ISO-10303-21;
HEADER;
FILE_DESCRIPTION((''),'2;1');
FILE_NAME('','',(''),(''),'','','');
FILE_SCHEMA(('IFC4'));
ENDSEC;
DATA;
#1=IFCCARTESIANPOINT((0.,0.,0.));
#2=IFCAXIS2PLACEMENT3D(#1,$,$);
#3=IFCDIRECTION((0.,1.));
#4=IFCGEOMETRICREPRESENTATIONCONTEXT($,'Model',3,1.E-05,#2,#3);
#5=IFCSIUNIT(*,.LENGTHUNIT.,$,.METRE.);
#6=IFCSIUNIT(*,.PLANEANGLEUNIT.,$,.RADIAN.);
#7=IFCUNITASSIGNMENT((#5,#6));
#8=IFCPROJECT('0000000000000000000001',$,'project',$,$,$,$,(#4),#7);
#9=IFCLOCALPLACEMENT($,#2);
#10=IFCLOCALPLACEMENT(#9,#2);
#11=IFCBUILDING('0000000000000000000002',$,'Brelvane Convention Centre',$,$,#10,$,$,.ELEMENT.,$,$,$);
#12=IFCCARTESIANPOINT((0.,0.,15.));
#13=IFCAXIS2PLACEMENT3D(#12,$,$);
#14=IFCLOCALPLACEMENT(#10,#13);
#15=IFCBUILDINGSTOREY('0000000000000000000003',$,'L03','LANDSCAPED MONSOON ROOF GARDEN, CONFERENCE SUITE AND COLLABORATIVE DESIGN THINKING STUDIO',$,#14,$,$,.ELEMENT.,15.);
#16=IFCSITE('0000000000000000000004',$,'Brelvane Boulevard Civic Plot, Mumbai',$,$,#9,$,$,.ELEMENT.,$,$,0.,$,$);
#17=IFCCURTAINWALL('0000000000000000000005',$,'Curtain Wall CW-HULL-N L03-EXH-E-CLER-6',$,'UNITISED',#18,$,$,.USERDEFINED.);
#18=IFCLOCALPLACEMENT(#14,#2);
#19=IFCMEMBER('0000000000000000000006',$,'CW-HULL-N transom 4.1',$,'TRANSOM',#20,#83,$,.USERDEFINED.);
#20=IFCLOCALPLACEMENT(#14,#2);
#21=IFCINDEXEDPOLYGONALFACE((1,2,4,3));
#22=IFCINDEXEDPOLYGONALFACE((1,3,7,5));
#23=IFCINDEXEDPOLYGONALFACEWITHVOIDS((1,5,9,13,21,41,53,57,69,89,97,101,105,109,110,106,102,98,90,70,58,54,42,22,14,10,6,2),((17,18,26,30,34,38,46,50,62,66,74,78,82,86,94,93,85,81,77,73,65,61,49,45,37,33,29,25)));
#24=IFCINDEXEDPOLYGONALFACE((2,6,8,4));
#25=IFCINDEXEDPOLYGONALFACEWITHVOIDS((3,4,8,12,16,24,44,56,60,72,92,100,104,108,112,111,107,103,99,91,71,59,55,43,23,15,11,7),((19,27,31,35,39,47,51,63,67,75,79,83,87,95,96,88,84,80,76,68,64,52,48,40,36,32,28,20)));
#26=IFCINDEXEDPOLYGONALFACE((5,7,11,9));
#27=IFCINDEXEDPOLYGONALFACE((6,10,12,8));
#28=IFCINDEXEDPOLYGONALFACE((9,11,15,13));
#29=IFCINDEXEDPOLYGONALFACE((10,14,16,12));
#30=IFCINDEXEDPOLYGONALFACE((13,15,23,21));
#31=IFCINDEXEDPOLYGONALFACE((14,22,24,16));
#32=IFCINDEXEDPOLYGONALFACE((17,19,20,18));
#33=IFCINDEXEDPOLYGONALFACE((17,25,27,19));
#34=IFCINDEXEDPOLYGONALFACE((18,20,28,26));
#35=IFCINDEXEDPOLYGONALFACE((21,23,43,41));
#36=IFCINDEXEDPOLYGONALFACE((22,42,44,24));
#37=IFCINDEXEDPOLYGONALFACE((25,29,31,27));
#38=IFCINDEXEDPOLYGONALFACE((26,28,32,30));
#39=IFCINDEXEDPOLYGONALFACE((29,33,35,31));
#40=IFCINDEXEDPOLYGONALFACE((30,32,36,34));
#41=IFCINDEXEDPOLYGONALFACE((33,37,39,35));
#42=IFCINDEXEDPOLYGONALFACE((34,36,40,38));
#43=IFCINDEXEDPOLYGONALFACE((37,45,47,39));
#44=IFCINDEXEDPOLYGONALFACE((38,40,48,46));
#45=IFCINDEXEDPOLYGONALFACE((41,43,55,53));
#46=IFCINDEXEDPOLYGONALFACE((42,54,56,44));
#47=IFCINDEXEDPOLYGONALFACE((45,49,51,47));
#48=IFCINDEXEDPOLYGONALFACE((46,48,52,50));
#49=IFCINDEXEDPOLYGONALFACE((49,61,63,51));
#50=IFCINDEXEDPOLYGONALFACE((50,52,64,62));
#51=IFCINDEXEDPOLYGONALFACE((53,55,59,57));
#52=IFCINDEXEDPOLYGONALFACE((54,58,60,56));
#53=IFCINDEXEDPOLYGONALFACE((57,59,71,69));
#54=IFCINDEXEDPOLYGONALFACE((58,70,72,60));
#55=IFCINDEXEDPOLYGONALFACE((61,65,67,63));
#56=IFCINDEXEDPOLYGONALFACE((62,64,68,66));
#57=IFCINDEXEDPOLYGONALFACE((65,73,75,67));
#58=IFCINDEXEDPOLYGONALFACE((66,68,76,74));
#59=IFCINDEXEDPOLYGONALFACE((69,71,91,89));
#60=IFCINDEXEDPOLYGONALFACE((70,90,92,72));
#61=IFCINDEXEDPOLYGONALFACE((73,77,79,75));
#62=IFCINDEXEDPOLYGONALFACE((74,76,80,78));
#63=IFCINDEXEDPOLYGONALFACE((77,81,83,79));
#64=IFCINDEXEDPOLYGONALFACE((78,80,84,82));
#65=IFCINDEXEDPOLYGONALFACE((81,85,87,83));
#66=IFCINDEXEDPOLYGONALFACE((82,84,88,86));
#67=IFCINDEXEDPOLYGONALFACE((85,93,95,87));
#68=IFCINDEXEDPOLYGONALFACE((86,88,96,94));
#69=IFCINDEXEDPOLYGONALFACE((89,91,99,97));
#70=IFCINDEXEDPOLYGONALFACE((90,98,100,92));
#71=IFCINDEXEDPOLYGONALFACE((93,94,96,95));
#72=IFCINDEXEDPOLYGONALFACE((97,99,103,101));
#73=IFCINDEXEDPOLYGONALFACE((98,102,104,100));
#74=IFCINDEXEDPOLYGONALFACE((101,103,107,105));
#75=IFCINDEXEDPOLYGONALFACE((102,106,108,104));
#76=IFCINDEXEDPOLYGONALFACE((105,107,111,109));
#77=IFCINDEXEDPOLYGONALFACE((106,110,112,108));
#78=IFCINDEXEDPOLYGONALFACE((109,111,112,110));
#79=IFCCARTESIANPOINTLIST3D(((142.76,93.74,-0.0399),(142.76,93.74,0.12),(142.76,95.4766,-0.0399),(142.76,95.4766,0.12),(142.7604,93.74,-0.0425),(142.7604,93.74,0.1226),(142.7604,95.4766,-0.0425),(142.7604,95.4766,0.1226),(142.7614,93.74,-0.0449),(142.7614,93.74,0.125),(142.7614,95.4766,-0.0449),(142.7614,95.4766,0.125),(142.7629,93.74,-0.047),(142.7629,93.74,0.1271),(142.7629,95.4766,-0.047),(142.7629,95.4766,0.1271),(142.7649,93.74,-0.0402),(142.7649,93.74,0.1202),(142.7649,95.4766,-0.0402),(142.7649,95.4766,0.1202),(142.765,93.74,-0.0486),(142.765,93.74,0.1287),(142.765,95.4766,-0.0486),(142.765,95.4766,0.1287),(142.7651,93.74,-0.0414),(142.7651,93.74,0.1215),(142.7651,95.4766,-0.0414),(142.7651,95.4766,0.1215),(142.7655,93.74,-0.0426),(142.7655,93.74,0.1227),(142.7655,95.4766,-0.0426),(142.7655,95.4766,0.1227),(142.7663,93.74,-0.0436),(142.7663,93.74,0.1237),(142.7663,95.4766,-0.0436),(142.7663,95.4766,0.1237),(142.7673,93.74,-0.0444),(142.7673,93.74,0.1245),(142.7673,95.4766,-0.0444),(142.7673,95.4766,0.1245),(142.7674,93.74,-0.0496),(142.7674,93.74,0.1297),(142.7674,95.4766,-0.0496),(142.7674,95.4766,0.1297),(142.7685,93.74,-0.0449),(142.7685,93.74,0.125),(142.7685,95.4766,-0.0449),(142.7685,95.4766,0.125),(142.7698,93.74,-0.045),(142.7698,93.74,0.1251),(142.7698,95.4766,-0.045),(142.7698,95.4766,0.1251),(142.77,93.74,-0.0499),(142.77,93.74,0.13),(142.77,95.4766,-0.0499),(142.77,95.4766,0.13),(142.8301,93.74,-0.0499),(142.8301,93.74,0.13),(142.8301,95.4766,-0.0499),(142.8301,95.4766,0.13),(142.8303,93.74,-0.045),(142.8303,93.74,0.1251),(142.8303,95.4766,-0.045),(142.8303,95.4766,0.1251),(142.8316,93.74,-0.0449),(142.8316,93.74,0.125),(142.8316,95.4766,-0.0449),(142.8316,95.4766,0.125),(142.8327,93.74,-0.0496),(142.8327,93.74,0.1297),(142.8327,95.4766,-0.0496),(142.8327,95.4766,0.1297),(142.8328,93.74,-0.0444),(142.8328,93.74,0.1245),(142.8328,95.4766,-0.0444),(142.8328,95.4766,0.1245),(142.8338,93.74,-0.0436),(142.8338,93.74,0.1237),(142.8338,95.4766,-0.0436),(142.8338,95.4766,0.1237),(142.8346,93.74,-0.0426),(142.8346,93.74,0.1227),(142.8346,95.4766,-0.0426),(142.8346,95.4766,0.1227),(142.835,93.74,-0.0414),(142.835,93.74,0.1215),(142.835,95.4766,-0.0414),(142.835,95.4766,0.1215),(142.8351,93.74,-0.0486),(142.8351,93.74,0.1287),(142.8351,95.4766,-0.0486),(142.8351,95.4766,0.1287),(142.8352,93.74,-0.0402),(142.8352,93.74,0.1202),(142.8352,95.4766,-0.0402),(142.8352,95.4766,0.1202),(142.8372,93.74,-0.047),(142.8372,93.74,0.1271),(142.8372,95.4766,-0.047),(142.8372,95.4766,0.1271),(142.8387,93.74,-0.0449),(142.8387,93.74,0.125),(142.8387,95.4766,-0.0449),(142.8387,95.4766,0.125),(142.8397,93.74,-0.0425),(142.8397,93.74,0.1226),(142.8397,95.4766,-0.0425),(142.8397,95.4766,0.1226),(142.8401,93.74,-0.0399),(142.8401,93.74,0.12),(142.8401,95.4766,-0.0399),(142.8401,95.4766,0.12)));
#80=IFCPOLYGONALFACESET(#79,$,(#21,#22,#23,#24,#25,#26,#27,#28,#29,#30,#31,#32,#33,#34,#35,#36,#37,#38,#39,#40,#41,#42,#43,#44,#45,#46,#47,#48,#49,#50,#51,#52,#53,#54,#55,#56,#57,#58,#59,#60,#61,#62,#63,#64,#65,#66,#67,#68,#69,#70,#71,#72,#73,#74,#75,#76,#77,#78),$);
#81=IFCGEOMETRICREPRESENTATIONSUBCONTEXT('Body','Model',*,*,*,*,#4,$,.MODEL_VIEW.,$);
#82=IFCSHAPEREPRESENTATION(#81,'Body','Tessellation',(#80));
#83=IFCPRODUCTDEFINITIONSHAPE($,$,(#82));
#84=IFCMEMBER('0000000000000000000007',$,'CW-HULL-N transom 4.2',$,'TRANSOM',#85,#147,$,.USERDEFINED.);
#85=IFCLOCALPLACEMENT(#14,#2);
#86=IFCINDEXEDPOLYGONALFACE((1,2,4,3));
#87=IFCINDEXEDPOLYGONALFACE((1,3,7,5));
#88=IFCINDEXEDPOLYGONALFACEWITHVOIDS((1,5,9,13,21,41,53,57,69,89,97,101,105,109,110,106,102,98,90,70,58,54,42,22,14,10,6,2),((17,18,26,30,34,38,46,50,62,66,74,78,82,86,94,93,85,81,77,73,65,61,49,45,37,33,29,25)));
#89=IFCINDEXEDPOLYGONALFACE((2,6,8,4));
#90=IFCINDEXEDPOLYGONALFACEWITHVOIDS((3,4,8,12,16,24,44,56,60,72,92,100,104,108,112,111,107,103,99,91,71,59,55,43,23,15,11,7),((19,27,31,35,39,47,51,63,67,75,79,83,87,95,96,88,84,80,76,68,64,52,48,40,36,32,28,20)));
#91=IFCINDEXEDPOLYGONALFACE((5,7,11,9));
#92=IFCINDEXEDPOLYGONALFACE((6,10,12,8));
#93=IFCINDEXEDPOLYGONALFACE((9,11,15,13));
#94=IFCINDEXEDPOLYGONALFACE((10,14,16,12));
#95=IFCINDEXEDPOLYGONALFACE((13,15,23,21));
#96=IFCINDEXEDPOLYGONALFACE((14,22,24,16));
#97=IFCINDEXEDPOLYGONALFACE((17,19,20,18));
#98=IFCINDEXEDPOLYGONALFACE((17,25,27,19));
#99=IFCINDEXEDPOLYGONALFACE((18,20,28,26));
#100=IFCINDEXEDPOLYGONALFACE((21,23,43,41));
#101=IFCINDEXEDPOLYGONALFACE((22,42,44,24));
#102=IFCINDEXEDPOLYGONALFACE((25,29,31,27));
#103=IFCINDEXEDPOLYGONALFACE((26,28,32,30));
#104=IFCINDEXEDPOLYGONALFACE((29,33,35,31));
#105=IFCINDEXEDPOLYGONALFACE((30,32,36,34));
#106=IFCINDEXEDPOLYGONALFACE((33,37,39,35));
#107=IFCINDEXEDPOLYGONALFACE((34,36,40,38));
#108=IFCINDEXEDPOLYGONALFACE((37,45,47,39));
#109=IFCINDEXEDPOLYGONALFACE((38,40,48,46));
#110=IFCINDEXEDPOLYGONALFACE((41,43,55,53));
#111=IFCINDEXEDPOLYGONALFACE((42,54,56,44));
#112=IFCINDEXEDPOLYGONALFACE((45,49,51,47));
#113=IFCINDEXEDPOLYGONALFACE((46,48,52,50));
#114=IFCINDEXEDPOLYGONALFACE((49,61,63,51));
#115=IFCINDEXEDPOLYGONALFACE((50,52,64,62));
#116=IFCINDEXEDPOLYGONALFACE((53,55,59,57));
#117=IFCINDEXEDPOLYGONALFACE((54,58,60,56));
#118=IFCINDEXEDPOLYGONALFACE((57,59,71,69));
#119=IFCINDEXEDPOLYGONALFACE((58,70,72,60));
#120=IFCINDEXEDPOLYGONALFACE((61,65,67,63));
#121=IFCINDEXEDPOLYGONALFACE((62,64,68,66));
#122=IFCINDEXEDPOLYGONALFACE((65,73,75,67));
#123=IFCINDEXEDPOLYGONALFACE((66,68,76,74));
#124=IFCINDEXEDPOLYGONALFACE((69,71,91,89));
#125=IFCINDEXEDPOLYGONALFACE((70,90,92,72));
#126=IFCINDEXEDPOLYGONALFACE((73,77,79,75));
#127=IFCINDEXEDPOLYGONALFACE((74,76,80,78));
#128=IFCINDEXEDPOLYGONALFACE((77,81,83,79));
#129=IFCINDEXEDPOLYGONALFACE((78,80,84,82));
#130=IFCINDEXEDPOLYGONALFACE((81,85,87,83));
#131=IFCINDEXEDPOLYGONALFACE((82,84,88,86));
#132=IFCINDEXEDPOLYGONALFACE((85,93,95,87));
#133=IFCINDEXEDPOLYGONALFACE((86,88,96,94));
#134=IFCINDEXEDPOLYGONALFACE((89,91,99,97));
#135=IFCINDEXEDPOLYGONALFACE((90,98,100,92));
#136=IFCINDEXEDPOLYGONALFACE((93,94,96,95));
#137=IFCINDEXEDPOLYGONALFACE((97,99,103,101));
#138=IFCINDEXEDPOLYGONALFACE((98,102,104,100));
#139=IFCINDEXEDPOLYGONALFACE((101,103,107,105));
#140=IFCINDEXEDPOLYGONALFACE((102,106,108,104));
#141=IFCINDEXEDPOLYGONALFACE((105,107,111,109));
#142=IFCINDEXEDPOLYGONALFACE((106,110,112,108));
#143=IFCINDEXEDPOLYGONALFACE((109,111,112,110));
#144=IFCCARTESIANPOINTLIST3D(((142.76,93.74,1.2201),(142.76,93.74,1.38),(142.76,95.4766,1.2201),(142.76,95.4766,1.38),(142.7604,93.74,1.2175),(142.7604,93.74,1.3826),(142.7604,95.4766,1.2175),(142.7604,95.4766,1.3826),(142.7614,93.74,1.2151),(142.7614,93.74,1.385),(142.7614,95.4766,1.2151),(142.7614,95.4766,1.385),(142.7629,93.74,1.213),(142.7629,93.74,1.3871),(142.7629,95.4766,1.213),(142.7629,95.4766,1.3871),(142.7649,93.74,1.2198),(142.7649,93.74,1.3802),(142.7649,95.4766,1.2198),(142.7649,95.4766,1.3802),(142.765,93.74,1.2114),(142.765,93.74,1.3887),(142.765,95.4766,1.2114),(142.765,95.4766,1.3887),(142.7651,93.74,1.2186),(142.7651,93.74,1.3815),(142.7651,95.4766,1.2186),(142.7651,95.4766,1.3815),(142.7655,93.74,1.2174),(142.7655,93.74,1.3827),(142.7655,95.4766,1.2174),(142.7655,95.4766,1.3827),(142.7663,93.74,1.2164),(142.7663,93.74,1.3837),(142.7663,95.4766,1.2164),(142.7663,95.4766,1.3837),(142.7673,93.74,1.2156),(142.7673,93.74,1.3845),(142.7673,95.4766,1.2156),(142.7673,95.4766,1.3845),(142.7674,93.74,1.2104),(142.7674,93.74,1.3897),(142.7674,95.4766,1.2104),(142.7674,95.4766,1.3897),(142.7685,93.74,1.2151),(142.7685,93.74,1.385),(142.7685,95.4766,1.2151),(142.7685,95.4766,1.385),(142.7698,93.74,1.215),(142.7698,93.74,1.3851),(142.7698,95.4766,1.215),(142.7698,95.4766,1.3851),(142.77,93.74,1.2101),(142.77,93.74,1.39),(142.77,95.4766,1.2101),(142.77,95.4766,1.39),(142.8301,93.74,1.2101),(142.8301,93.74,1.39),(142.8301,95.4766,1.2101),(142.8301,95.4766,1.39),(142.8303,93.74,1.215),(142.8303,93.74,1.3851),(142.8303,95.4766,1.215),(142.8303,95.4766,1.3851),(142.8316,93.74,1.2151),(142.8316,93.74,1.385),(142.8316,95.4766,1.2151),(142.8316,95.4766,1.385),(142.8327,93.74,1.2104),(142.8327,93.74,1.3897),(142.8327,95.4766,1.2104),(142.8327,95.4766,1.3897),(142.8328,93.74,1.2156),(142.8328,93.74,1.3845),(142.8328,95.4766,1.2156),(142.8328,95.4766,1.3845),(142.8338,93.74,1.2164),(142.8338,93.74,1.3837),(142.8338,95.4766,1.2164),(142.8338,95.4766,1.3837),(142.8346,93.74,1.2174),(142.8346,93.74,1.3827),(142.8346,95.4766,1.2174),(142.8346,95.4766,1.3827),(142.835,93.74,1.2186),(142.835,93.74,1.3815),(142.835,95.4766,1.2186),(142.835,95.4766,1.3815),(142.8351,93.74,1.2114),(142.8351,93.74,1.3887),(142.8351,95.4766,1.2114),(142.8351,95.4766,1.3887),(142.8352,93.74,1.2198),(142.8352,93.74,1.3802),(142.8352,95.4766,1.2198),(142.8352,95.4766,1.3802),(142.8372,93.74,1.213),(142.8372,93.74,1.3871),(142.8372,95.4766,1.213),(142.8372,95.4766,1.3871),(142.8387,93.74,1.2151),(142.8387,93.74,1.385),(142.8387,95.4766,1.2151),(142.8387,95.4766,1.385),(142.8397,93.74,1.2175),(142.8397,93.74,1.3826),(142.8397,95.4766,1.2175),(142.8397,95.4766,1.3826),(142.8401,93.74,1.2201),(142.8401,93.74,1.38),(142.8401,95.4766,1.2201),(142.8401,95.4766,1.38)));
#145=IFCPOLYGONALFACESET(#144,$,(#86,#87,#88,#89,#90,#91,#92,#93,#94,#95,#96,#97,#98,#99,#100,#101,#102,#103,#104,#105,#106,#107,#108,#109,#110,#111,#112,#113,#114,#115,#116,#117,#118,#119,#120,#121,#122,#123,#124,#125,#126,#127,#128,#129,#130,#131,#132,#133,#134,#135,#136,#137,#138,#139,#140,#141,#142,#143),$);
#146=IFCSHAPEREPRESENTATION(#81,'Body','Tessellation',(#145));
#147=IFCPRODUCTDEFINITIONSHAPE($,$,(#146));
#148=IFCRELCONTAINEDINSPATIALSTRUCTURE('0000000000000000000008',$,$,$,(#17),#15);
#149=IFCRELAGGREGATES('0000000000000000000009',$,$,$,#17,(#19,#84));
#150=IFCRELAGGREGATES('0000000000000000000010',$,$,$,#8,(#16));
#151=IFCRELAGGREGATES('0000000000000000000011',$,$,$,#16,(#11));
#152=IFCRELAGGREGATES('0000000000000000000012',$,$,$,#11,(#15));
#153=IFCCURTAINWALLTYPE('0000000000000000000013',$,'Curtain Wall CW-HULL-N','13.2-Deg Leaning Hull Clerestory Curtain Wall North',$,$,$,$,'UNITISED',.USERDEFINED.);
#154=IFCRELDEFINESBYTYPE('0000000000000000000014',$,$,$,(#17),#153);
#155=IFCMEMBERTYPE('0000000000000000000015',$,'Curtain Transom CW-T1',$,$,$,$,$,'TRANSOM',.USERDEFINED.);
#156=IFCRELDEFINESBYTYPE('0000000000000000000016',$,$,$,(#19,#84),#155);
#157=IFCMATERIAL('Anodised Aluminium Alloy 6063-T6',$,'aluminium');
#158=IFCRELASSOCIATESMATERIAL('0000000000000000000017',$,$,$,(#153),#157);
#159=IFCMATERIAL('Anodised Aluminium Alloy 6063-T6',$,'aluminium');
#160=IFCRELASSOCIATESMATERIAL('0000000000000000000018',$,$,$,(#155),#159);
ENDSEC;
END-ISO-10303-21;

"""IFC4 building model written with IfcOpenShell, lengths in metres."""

from ifc_helpers import new_model, si_unit, direction, frame, origin, origin_2d, place, context, subcontext, project, spatial, hollow_rectangle, extrude, material, material_profile, profile_set, type_object, element, aggregate, save


model = new_model("IFC4")

# Units and contexts
model_context = context("Model", 3, precision=1e-05, world=origin(), true_north=direction((0.0, 1.0)))
body_context = subcontext(model_context, "Body", "Model", "MODEL_VIEW")
ifc_project = project(units=[si_unit("LENGTHUNIT", "METRE"), si_unit("PLANEANGLEUNIT", "RADIAN")], contexts=[model_context])

# Site, building, storey
site_placement = place(None, origin())
site = spatial("IfcSite", under=ifc_project, at=site_placement, Name="Brelvane Boulevard Civic Plot, Mumbai", CompositionType="ELEMENT", RefElevation=0.0)
building_placement = place(site_placement, origin())
building = spatial("IfcBuilding", under=site, at=building_placement, Name="Brelvane Convention Centre", CompositionType="ELEMENT")
storey_placement = place(building_placement, frame((0.0, 0.0, 15.0)))
storey = spatial("IfcBuildingStorey", under=building, at=storey_placement, Name="L03", Description="LANDSCAPED MONSOON ROOF GARDEN, CONFERENCE SUITE AND COLLABORATIVE DESIGN THINKING STUDIO", CompositionType="ELEMENT", Elevation=15.0)

# Curtain wall, members
ifc_material_1 = material(Name="Anodised Aluminium Alloy 6063-T6", Category="aluminium")
curtain_wall_type = type_object("IfcCurtainWallType", Name="Curtain Wall CW-HULL-N", Description="13.2-Deg Leaning Hull Clerestory Curtain Wall North", ElementType="UNITISED", PredefinedType="USERDEFINED", material=ifc_material_1)
curtain_wall_placement = place(storey_placement, origin())
curtain_wall = element("IfcCurtainWall", 1, at=curtain_wall_placement, inside=storey, type_object=curtain_wall_type, Name="Curtain Wall CW-HULL-N L03-EXH-E-CLER-6", ObjectType="UNITISED", PredefinedType="USERDEFINED")
ifc_material_2 = material(Name="Anodised Aluminium Alloy 6063-T6", Category="aluminium")
ifc_material_profile_1 = material_profile(ifc_material_2, hollow_rectangle(XDim=0.0801, YDim=0.1799, WallThickness=0.0049, InnerFilletRadius=0.0049, OuterFilletRadius=0.01, at=origin_2d()), Name="ALU-T 180x80x5.0")
ifc_profile_set_1 = profile_set([ifc_material_profile_1], Name="Anodised Aluminium Alloy 6063-T6")
member_type_1 = type_object("IfcMemberType", Name="Curtain Transom CW-T1", ElementType="TRANSOM", PredefinedType="USERDEFINED", material=ifc_profile_set_1)
member_1_placement = place(storey_placement, frame((142.8, 93.74, 0.04), z_axis=(0.0, 1.0, 0.0), x_axis=(-1.0, 0.0, 0.0)))
member_1 = element("IfcMember", 2, at=member_1_placement, type_object=member_type_1, Name="CW-HULL-N transom 4.1", ObjectType="TRANSOM", PredefinedType="USERDEFINED", context=body_context, shape_type="SweptSolid", body=[
    extrude(hollow_rectangle(XDim=0.0801, YDim=0.1799, WallThickness=0.0049, InnerFilletRadius=0.0049, OuterFilletRadius=0.01, at=origin_2d()), origin(), (0.0, 0.0, 1.0), 1.7366),
])
member_2_placement = place(storey_placement, frame((142.8, 93.74, 1.3), z_axis=(0.0, 1.0, 0.0), x_axis=(-1.0, 0.0, 0.0)))
member_2 = element("IfcMember", 3, at=member_2_placement, type_object=member_type_1, Name="CW-HULL-N transom 4.2", ObjectType="TRANSOM", PredefinedType="USERDEFINED", context=body_context, shape_type="SweptSolid", body=[
    extrude(hollow_rectangle(XDim=0.0801, YDim=0.1799, WallThickness=0.0049, InnerFilletRadius=0.0049, OuterFilletRadius=0.01, at=origin_2d()), origin(), (0.0, 0.0, 1.0), 1.7366),
])
aggregate(curtain_wall, [member_1, member_2])

save(model, "model.ifc")
